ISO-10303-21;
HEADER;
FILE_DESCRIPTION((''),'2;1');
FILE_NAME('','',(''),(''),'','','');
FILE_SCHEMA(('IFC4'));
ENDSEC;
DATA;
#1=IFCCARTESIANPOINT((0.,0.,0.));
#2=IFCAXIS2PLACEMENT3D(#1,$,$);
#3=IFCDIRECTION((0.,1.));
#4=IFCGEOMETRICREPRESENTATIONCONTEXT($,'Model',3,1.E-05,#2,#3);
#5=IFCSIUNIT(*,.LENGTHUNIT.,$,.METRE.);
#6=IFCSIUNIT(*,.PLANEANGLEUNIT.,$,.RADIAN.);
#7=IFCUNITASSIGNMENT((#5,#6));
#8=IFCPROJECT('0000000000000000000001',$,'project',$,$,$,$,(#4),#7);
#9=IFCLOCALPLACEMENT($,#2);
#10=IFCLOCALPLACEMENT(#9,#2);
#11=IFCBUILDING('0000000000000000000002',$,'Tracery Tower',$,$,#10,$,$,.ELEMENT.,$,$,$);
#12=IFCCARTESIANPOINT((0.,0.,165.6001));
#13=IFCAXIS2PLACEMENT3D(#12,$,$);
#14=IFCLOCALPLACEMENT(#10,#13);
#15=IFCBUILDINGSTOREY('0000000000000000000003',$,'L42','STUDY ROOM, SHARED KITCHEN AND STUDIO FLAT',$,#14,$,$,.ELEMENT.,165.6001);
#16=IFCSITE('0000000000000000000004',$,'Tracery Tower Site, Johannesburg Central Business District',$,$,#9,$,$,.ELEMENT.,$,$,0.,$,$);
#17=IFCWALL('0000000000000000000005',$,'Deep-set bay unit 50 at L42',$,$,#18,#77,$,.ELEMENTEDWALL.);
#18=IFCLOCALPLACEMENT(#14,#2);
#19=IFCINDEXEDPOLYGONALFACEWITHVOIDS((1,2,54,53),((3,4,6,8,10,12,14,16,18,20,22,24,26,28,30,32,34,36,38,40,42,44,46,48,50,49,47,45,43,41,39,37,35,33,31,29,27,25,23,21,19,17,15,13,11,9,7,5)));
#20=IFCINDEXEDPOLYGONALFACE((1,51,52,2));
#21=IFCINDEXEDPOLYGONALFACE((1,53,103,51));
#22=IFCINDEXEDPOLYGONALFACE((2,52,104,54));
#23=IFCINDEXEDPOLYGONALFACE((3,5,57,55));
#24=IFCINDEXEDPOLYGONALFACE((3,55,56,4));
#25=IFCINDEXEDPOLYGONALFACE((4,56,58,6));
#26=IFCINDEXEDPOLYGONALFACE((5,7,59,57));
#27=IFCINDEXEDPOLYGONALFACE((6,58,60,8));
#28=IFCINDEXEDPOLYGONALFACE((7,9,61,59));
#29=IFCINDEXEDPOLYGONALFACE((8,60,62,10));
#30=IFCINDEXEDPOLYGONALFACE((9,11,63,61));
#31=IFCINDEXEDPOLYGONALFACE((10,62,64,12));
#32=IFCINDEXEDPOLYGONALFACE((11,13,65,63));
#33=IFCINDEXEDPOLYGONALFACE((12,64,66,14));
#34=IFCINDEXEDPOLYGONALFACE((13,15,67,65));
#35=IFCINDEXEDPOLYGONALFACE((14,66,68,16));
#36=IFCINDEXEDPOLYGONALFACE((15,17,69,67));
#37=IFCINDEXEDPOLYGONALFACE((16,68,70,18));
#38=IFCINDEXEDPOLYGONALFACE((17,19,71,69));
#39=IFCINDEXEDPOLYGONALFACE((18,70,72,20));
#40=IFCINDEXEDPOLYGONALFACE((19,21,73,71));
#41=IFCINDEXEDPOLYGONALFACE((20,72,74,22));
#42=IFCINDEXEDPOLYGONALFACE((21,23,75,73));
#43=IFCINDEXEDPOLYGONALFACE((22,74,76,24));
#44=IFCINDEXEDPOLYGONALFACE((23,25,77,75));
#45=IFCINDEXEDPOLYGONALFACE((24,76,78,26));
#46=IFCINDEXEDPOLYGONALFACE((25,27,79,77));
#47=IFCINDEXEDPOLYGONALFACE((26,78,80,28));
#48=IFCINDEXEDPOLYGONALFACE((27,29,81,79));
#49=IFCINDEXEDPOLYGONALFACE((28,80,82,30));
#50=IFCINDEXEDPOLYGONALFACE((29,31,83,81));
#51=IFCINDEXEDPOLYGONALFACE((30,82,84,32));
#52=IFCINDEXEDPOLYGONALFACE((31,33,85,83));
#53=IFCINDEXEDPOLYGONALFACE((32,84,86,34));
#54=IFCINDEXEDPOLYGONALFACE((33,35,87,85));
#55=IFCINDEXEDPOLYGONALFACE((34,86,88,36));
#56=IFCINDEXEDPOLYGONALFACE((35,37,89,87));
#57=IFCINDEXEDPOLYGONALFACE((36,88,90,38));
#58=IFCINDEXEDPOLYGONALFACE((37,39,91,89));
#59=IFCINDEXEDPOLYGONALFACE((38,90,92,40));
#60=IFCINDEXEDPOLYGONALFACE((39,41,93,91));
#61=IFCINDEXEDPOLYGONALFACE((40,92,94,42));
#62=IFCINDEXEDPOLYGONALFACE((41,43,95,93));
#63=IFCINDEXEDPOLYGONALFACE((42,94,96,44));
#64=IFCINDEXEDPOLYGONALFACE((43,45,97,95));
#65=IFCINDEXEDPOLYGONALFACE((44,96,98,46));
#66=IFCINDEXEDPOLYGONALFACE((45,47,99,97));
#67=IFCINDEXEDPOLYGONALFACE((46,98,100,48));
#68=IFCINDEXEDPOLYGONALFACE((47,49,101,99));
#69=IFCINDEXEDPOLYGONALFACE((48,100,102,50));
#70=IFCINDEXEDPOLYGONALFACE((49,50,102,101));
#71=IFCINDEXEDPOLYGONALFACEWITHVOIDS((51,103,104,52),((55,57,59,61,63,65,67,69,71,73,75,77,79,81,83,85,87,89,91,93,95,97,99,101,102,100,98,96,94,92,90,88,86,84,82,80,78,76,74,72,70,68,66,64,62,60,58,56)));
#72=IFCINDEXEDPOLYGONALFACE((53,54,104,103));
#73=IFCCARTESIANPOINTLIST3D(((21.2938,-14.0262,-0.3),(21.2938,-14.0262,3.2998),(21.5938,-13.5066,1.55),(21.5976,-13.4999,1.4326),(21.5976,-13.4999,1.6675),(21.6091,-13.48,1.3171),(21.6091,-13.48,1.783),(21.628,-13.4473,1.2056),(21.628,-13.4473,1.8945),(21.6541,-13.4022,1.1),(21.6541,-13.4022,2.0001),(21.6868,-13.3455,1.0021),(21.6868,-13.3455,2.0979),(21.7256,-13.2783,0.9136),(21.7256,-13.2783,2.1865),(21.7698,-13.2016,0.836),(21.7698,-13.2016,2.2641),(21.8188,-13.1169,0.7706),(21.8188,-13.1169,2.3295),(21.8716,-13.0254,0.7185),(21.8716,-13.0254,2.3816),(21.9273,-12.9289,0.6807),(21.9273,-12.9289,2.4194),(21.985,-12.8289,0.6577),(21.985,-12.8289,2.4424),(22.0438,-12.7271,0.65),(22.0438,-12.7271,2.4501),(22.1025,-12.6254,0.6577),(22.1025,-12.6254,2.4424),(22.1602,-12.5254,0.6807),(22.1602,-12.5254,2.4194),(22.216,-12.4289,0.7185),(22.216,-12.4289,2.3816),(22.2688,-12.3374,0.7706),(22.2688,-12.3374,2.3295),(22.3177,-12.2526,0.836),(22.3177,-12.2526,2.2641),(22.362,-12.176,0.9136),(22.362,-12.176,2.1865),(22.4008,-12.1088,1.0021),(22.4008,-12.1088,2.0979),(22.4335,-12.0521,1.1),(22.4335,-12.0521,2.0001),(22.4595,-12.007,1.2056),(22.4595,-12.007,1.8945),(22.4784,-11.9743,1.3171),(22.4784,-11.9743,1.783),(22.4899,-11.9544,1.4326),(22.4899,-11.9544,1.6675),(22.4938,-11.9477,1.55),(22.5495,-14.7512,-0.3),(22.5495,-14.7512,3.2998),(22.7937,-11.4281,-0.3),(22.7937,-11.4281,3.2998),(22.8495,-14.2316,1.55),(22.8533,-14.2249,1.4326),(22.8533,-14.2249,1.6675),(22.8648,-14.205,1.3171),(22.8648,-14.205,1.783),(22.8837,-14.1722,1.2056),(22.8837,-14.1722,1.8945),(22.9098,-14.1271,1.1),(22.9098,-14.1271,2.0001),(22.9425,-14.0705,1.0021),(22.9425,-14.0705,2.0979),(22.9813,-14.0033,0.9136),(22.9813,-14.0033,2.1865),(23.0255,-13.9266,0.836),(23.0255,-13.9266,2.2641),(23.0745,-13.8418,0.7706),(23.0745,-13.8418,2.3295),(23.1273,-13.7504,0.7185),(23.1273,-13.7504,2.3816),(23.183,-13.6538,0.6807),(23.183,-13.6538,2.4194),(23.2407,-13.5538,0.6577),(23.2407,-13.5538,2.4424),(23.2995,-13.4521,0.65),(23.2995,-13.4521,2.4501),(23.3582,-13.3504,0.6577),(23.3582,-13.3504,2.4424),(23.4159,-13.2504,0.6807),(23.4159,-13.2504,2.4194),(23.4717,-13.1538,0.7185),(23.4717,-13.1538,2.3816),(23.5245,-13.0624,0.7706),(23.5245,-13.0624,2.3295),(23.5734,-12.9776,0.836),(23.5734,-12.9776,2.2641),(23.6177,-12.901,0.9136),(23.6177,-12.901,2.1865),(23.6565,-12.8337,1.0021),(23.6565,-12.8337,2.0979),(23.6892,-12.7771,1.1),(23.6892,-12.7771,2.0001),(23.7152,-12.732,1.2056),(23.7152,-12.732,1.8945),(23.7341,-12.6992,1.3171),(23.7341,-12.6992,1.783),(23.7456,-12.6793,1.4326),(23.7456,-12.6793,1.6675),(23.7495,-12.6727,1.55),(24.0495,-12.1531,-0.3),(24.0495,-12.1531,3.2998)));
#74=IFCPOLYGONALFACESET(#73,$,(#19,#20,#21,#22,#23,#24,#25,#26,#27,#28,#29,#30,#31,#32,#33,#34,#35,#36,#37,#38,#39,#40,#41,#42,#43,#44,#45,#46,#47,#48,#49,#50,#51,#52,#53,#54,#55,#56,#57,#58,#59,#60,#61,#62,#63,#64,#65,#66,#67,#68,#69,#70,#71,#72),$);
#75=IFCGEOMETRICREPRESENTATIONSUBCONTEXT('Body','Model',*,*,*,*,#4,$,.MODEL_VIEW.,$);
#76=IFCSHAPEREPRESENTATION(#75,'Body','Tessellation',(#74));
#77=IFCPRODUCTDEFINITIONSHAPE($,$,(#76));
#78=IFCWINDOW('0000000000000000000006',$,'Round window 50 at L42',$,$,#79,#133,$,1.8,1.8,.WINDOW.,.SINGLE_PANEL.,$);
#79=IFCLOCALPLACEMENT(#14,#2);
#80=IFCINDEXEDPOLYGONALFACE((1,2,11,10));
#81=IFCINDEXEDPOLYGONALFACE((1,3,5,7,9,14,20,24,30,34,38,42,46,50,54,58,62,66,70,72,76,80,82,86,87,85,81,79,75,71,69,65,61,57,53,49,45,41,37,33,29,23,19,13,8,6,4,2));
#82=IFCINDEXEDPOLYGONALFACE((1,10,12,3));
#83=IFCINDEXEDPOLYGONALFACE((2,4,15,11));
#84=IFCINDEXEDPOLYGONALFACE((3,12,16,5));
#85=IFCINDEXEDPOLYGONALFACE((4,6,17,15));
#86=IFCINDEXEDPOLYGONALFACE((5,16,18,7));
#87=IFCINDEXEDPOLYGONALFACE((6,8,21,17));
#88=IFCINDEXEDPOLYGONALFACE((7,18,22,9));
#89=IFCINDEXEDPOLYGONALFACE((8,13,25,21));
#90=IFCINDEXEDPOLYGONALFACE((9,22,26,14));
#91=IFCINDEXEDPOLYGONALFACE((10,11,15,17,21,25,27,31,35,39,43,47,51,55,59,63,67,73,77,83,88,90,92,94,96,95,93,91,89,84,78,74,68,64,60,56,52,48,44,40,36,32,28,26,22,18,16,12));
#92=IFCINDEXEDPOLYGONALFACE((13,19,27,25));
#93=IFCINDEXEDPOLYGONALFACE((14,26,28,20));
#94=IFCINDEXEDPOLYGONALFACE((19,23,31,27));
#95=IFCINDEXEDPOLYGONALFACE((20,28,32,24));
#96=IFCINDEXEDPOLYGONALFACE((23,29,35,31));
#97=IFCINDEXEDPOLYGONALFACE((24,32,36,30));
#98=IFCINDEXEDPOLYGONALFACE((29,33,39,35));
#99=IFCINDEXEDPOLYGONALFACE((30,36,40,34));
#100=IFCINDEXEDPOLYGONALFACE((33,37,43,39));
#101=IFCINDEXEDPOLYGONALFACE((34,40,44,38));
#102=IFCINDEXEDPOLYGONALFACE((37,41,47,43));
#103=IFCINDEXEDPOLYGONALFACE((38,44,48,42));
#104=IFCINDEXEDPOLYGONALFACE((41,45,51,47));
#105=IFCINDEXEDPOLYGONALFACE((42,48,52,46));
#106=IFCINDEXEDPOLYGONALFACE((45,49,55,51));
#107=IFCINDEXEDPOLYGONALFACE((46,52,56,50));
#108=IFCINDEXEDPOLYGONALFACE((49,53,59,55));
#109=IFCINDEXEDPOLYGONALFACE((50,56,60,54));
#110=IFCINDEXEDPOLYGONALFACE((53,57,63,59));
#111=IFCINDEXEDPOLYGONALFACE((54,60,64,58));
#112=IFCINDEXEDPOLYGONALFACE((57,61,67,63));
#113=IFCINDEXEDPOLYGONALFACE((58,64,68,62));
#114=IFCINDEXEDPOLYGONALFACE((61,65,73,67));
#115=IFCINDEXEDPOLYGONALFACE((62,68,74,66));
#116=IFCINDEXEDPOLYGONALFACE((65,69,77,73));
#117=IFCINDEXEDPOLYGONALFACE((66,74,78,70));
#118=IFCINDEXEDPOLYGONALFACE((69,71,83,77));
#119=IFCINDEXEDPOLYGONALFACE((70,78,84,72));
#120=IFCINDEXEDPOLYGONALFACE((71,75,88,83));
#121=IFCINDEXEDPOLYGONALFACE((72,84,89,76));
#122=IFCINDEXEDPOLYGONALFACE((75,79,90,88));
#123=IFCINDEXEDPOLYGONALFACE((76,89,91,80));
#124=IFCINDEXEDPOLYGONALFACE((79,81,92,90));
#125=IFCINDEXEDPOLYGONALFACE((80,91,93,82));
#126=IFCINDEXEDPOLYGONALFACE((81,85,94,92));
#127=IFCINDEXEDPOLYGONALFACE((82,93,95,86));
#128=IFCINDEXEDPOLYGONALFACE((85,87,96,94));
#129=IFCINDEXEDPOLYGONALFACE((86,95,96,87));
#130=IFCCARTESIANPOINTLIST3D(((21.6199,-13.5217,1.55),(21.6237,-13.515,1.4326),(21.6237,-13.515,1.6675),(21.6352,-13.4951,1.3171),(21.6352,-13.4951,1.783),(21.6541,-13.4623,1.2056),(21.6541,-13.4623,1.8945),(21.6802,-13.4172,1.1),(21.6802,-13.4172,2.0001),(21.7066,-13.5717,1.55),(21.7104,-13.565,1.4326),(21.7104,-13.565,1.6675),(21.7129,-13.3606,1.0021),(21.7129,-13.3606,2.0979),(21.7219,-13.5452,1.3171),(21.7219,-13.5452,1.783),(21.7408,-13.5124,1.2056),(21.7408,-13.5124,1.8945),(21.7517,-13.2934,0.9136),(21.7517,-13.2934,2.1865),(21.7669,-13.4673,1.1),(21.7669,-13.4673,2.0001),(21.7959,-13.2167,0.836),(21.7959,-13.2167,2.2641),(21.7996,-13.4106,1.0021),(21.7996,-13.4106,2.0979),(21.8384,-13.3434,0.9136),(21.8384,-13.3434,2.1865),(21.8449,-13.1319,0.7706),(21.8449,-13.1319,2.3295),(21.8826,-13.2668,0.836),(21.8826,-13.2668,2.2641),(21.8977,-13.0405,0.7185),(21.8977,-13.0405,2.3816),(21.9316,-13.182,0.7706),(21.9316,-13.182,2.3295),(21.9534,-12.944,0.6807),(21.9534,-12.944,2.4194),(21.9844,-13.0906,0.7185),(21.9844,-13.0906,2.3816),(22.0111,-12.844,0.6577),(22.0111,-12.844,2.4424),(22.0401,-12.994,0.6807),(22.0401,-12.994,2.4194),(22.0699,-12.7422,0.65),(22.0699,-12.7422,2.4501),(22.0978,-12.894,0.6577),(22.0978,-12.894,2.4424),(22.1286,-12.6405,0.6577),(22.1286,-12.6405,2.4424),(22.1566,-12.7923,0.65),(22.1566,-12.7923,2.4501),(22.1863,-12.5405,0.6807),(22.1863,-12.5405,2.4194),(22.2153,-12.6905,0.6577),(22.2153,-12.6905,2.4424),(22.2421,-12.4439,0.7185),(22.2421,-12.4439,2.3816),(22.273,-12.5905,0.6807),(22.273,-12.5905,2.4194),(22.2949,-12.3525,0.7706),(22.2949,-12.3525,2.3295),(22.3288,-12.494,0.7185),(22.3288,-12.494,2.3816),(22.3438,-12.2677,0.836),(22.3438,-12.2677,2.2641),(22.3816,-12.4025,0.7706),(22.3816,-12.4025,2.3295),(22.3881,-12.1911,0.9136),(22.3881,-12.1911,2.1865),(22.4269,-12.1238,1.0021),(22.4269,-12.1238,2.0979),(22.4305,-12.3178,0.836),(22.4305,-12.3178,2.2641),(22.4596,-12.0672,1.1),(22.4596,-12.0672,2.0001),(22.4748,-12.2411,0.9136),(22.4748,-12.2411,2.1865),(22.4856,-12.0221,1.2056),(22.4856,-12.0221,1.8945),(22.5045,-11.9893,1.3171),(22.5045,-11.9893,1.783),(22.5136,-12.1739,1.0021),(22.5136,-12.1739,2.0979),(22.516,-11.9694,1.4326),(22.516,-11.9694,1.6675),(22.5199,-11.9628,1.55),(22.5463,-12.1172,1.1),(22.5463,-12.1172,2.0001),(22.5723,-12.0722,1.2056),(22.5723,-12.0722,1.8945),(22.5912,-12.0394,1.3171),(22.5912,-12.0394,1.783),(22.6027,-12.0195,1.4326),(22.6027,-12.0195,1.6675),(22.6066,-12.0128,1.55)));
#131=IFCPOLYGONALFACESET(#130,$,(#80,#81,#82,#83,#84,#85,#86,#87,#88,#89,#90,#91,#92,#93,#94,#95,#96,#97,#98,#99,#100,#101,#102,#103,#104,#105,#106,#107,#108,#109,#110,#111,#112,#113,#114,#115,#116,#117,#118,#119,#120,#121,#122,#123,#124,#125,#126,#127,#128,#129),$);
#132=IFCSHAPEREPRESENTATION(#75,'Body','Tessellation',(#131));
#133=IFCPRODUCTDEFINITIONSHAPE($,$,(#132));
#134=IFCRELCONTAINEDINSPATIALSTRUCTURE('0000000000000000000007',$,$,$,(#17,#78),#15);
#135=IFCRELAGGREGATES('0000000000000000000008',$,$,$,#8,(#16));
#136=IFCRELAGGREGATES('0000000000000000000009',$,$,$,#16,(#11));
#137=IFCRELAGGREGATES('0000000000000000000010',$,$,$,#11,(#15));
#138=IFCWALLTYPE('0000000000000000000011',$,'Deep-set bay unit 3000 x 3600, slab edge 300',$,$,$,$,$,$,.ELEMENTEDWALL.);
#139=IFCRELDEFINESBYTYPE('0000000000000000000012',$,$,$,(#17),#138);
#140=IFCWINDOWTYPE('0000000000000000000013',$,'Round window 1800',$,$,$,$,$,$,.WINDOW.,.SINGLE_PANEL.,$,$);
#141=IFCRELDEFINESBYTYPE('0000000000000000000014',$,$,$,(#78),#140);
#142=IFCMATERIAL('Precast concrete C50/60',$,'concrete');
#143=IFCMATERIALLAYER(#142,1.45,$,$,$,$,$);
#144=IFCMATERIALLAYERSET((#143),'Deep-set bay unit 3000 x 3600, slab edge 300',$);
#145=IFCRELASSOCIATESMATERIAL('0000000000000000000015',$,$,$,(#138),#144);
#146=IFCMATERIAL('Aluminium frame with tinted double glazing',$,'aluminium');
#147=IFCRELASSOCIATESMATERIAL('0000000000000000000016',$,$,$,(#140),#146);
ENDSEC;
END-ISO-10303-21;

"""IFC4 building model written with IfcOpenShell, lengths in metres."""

from ifc_helpers import new_model, si_unit, direction, frame, frame_2d, origin, origin_2d, place, context, subcontext, project, spatial, rectangle, circle, extrude, material, layer, layer_set, type_object, element, fill, save


model = new_model("IFC4")

# Units and contexts
model_context = context("Model", 3, precision=1e-05, world=origin(), true_north=direction((0.0, 1.0)))
body_context = subcontext(model_context, "Body", "Model", "MODEL_VIEW")
ifc_project = project(units=[si_unit("LENGTHUNIT", "METRE"), si_unit("PLANEANGLEUNIT", "RADIAN")], contexts=[model_context])

# Site, building, storey
site_placement = place(None, origin())
site = spatial("IfcSite", under=ifc_project, at=site_placement, Name="Tracery Tower Site, Johannesburg Central Business District", CompositionType="ELEMENT", RefElevation=0.0)
building_placement = place(site_placement, origin())
building = spatial("IfcBuilding", under=site, at=building_placement, Name="Tracery Tower", CompositionType="ELEMENT")
storey_placement = place(building_placement, frame((0.0, 0.0, 165.6001)))
storey = spatial("IfcBuildingStorey", under=building, at=storey_placement, Name="L42", Description="STUDY ROOM, SHARED KITCHEN AND STUDIO FLAT", CompositionType="ELEMENT", Elevation=165.6001)

# Wall, opening, window
ifc_material_1 = material(Name="Precast concrete C50/60", Category="concrete")
ifc_layer_1 = layer(ifc_material_1, 1.45)
ifc_layer_set_1 = layer_set([ifc_layer_1], Name="Deep-set bay unit 3000 x 3600, slab edge 300")
wall_type_1 = type_object("IfcWallType", Name="Deep-set bay unit 3000 x 3600, slab edge 300", PredefinedType="ELEMENTEDWALL", material=ifc_layer_set_1)
ifc_material_2 = material(Name="Aluminium frame with tinted double glazing", Category="aluminium")
window_type = type_object("IfcWindowType", Name="Round window 1800", PartitioningType="SINGLE_PANEL", PredefinedType="WINDOW", material=ifc_material_2)
wall_1_placement = place(storey_placement, frame((21.9216, -14.3887, -0.3), z_axis=(0.0, 0.0, 1.0), x_axis=(0.49999, 0.866031, 0.0)))
wall_1 = element("IfcWall", 1, at=wall_1_placement, inside=storey, type_object=wall_type_1, Name="Deep-set bay unit 50 at L42", PredefinedType="ELEMENTEDWALL", context=body_context, shape_type="SweptSolid", body=[
    extrude(rectangle(XDim=3.0, YDim=1.45, at=frame_2d((1.5, 0.0))), origin(), (0.0, 0.0, 1.0), 3.5999),
])
opening_1_placement = place(wall_1_placement, frame((1.5, 0.0, 1.8501)))
opening_1 = element("IfcOpeningElement", 2, at=opening_1_placement, cuts=wall_1, PredefinedType="OPENING", context=body_context, shape_type="SweptSolid", body=[
    extrude(circle(Radius=0.9, at=origin_2d()), frame((0.0, 0.7349, 0.0), z_axis=(0.0, -1.0, 0.0), x_axis=(1.0, 0.0, 0.0)), (0.0, 0.0, 1.0), 1.47),
])
window_1_placement = place(opening_1_placement, origin())
window_1 = element("IfcWindow", 3, at=window_1_placement, inside=storey, type_object=window_type, Name="Round window 50 at L42", OverallHeight=1.8, OverallWidth=1.8, PartitioningType="SINGLE_PANEL", PredefinedType="WINDOW", context=body_context, shape_type="SweptSolid", body=[
    extrude(circle(Radius=0.9, at=origin_2d()), frame((0.0, 0.6948, 0.0), z_axis=(0.0, -1.0, 0.0), x_axis=(1.0, 0.0, 0.0)), (0.0, 0.0, 1.0), 0.1001),
])
fill(opening_1, window_1)

save(model, "model.ifc")
